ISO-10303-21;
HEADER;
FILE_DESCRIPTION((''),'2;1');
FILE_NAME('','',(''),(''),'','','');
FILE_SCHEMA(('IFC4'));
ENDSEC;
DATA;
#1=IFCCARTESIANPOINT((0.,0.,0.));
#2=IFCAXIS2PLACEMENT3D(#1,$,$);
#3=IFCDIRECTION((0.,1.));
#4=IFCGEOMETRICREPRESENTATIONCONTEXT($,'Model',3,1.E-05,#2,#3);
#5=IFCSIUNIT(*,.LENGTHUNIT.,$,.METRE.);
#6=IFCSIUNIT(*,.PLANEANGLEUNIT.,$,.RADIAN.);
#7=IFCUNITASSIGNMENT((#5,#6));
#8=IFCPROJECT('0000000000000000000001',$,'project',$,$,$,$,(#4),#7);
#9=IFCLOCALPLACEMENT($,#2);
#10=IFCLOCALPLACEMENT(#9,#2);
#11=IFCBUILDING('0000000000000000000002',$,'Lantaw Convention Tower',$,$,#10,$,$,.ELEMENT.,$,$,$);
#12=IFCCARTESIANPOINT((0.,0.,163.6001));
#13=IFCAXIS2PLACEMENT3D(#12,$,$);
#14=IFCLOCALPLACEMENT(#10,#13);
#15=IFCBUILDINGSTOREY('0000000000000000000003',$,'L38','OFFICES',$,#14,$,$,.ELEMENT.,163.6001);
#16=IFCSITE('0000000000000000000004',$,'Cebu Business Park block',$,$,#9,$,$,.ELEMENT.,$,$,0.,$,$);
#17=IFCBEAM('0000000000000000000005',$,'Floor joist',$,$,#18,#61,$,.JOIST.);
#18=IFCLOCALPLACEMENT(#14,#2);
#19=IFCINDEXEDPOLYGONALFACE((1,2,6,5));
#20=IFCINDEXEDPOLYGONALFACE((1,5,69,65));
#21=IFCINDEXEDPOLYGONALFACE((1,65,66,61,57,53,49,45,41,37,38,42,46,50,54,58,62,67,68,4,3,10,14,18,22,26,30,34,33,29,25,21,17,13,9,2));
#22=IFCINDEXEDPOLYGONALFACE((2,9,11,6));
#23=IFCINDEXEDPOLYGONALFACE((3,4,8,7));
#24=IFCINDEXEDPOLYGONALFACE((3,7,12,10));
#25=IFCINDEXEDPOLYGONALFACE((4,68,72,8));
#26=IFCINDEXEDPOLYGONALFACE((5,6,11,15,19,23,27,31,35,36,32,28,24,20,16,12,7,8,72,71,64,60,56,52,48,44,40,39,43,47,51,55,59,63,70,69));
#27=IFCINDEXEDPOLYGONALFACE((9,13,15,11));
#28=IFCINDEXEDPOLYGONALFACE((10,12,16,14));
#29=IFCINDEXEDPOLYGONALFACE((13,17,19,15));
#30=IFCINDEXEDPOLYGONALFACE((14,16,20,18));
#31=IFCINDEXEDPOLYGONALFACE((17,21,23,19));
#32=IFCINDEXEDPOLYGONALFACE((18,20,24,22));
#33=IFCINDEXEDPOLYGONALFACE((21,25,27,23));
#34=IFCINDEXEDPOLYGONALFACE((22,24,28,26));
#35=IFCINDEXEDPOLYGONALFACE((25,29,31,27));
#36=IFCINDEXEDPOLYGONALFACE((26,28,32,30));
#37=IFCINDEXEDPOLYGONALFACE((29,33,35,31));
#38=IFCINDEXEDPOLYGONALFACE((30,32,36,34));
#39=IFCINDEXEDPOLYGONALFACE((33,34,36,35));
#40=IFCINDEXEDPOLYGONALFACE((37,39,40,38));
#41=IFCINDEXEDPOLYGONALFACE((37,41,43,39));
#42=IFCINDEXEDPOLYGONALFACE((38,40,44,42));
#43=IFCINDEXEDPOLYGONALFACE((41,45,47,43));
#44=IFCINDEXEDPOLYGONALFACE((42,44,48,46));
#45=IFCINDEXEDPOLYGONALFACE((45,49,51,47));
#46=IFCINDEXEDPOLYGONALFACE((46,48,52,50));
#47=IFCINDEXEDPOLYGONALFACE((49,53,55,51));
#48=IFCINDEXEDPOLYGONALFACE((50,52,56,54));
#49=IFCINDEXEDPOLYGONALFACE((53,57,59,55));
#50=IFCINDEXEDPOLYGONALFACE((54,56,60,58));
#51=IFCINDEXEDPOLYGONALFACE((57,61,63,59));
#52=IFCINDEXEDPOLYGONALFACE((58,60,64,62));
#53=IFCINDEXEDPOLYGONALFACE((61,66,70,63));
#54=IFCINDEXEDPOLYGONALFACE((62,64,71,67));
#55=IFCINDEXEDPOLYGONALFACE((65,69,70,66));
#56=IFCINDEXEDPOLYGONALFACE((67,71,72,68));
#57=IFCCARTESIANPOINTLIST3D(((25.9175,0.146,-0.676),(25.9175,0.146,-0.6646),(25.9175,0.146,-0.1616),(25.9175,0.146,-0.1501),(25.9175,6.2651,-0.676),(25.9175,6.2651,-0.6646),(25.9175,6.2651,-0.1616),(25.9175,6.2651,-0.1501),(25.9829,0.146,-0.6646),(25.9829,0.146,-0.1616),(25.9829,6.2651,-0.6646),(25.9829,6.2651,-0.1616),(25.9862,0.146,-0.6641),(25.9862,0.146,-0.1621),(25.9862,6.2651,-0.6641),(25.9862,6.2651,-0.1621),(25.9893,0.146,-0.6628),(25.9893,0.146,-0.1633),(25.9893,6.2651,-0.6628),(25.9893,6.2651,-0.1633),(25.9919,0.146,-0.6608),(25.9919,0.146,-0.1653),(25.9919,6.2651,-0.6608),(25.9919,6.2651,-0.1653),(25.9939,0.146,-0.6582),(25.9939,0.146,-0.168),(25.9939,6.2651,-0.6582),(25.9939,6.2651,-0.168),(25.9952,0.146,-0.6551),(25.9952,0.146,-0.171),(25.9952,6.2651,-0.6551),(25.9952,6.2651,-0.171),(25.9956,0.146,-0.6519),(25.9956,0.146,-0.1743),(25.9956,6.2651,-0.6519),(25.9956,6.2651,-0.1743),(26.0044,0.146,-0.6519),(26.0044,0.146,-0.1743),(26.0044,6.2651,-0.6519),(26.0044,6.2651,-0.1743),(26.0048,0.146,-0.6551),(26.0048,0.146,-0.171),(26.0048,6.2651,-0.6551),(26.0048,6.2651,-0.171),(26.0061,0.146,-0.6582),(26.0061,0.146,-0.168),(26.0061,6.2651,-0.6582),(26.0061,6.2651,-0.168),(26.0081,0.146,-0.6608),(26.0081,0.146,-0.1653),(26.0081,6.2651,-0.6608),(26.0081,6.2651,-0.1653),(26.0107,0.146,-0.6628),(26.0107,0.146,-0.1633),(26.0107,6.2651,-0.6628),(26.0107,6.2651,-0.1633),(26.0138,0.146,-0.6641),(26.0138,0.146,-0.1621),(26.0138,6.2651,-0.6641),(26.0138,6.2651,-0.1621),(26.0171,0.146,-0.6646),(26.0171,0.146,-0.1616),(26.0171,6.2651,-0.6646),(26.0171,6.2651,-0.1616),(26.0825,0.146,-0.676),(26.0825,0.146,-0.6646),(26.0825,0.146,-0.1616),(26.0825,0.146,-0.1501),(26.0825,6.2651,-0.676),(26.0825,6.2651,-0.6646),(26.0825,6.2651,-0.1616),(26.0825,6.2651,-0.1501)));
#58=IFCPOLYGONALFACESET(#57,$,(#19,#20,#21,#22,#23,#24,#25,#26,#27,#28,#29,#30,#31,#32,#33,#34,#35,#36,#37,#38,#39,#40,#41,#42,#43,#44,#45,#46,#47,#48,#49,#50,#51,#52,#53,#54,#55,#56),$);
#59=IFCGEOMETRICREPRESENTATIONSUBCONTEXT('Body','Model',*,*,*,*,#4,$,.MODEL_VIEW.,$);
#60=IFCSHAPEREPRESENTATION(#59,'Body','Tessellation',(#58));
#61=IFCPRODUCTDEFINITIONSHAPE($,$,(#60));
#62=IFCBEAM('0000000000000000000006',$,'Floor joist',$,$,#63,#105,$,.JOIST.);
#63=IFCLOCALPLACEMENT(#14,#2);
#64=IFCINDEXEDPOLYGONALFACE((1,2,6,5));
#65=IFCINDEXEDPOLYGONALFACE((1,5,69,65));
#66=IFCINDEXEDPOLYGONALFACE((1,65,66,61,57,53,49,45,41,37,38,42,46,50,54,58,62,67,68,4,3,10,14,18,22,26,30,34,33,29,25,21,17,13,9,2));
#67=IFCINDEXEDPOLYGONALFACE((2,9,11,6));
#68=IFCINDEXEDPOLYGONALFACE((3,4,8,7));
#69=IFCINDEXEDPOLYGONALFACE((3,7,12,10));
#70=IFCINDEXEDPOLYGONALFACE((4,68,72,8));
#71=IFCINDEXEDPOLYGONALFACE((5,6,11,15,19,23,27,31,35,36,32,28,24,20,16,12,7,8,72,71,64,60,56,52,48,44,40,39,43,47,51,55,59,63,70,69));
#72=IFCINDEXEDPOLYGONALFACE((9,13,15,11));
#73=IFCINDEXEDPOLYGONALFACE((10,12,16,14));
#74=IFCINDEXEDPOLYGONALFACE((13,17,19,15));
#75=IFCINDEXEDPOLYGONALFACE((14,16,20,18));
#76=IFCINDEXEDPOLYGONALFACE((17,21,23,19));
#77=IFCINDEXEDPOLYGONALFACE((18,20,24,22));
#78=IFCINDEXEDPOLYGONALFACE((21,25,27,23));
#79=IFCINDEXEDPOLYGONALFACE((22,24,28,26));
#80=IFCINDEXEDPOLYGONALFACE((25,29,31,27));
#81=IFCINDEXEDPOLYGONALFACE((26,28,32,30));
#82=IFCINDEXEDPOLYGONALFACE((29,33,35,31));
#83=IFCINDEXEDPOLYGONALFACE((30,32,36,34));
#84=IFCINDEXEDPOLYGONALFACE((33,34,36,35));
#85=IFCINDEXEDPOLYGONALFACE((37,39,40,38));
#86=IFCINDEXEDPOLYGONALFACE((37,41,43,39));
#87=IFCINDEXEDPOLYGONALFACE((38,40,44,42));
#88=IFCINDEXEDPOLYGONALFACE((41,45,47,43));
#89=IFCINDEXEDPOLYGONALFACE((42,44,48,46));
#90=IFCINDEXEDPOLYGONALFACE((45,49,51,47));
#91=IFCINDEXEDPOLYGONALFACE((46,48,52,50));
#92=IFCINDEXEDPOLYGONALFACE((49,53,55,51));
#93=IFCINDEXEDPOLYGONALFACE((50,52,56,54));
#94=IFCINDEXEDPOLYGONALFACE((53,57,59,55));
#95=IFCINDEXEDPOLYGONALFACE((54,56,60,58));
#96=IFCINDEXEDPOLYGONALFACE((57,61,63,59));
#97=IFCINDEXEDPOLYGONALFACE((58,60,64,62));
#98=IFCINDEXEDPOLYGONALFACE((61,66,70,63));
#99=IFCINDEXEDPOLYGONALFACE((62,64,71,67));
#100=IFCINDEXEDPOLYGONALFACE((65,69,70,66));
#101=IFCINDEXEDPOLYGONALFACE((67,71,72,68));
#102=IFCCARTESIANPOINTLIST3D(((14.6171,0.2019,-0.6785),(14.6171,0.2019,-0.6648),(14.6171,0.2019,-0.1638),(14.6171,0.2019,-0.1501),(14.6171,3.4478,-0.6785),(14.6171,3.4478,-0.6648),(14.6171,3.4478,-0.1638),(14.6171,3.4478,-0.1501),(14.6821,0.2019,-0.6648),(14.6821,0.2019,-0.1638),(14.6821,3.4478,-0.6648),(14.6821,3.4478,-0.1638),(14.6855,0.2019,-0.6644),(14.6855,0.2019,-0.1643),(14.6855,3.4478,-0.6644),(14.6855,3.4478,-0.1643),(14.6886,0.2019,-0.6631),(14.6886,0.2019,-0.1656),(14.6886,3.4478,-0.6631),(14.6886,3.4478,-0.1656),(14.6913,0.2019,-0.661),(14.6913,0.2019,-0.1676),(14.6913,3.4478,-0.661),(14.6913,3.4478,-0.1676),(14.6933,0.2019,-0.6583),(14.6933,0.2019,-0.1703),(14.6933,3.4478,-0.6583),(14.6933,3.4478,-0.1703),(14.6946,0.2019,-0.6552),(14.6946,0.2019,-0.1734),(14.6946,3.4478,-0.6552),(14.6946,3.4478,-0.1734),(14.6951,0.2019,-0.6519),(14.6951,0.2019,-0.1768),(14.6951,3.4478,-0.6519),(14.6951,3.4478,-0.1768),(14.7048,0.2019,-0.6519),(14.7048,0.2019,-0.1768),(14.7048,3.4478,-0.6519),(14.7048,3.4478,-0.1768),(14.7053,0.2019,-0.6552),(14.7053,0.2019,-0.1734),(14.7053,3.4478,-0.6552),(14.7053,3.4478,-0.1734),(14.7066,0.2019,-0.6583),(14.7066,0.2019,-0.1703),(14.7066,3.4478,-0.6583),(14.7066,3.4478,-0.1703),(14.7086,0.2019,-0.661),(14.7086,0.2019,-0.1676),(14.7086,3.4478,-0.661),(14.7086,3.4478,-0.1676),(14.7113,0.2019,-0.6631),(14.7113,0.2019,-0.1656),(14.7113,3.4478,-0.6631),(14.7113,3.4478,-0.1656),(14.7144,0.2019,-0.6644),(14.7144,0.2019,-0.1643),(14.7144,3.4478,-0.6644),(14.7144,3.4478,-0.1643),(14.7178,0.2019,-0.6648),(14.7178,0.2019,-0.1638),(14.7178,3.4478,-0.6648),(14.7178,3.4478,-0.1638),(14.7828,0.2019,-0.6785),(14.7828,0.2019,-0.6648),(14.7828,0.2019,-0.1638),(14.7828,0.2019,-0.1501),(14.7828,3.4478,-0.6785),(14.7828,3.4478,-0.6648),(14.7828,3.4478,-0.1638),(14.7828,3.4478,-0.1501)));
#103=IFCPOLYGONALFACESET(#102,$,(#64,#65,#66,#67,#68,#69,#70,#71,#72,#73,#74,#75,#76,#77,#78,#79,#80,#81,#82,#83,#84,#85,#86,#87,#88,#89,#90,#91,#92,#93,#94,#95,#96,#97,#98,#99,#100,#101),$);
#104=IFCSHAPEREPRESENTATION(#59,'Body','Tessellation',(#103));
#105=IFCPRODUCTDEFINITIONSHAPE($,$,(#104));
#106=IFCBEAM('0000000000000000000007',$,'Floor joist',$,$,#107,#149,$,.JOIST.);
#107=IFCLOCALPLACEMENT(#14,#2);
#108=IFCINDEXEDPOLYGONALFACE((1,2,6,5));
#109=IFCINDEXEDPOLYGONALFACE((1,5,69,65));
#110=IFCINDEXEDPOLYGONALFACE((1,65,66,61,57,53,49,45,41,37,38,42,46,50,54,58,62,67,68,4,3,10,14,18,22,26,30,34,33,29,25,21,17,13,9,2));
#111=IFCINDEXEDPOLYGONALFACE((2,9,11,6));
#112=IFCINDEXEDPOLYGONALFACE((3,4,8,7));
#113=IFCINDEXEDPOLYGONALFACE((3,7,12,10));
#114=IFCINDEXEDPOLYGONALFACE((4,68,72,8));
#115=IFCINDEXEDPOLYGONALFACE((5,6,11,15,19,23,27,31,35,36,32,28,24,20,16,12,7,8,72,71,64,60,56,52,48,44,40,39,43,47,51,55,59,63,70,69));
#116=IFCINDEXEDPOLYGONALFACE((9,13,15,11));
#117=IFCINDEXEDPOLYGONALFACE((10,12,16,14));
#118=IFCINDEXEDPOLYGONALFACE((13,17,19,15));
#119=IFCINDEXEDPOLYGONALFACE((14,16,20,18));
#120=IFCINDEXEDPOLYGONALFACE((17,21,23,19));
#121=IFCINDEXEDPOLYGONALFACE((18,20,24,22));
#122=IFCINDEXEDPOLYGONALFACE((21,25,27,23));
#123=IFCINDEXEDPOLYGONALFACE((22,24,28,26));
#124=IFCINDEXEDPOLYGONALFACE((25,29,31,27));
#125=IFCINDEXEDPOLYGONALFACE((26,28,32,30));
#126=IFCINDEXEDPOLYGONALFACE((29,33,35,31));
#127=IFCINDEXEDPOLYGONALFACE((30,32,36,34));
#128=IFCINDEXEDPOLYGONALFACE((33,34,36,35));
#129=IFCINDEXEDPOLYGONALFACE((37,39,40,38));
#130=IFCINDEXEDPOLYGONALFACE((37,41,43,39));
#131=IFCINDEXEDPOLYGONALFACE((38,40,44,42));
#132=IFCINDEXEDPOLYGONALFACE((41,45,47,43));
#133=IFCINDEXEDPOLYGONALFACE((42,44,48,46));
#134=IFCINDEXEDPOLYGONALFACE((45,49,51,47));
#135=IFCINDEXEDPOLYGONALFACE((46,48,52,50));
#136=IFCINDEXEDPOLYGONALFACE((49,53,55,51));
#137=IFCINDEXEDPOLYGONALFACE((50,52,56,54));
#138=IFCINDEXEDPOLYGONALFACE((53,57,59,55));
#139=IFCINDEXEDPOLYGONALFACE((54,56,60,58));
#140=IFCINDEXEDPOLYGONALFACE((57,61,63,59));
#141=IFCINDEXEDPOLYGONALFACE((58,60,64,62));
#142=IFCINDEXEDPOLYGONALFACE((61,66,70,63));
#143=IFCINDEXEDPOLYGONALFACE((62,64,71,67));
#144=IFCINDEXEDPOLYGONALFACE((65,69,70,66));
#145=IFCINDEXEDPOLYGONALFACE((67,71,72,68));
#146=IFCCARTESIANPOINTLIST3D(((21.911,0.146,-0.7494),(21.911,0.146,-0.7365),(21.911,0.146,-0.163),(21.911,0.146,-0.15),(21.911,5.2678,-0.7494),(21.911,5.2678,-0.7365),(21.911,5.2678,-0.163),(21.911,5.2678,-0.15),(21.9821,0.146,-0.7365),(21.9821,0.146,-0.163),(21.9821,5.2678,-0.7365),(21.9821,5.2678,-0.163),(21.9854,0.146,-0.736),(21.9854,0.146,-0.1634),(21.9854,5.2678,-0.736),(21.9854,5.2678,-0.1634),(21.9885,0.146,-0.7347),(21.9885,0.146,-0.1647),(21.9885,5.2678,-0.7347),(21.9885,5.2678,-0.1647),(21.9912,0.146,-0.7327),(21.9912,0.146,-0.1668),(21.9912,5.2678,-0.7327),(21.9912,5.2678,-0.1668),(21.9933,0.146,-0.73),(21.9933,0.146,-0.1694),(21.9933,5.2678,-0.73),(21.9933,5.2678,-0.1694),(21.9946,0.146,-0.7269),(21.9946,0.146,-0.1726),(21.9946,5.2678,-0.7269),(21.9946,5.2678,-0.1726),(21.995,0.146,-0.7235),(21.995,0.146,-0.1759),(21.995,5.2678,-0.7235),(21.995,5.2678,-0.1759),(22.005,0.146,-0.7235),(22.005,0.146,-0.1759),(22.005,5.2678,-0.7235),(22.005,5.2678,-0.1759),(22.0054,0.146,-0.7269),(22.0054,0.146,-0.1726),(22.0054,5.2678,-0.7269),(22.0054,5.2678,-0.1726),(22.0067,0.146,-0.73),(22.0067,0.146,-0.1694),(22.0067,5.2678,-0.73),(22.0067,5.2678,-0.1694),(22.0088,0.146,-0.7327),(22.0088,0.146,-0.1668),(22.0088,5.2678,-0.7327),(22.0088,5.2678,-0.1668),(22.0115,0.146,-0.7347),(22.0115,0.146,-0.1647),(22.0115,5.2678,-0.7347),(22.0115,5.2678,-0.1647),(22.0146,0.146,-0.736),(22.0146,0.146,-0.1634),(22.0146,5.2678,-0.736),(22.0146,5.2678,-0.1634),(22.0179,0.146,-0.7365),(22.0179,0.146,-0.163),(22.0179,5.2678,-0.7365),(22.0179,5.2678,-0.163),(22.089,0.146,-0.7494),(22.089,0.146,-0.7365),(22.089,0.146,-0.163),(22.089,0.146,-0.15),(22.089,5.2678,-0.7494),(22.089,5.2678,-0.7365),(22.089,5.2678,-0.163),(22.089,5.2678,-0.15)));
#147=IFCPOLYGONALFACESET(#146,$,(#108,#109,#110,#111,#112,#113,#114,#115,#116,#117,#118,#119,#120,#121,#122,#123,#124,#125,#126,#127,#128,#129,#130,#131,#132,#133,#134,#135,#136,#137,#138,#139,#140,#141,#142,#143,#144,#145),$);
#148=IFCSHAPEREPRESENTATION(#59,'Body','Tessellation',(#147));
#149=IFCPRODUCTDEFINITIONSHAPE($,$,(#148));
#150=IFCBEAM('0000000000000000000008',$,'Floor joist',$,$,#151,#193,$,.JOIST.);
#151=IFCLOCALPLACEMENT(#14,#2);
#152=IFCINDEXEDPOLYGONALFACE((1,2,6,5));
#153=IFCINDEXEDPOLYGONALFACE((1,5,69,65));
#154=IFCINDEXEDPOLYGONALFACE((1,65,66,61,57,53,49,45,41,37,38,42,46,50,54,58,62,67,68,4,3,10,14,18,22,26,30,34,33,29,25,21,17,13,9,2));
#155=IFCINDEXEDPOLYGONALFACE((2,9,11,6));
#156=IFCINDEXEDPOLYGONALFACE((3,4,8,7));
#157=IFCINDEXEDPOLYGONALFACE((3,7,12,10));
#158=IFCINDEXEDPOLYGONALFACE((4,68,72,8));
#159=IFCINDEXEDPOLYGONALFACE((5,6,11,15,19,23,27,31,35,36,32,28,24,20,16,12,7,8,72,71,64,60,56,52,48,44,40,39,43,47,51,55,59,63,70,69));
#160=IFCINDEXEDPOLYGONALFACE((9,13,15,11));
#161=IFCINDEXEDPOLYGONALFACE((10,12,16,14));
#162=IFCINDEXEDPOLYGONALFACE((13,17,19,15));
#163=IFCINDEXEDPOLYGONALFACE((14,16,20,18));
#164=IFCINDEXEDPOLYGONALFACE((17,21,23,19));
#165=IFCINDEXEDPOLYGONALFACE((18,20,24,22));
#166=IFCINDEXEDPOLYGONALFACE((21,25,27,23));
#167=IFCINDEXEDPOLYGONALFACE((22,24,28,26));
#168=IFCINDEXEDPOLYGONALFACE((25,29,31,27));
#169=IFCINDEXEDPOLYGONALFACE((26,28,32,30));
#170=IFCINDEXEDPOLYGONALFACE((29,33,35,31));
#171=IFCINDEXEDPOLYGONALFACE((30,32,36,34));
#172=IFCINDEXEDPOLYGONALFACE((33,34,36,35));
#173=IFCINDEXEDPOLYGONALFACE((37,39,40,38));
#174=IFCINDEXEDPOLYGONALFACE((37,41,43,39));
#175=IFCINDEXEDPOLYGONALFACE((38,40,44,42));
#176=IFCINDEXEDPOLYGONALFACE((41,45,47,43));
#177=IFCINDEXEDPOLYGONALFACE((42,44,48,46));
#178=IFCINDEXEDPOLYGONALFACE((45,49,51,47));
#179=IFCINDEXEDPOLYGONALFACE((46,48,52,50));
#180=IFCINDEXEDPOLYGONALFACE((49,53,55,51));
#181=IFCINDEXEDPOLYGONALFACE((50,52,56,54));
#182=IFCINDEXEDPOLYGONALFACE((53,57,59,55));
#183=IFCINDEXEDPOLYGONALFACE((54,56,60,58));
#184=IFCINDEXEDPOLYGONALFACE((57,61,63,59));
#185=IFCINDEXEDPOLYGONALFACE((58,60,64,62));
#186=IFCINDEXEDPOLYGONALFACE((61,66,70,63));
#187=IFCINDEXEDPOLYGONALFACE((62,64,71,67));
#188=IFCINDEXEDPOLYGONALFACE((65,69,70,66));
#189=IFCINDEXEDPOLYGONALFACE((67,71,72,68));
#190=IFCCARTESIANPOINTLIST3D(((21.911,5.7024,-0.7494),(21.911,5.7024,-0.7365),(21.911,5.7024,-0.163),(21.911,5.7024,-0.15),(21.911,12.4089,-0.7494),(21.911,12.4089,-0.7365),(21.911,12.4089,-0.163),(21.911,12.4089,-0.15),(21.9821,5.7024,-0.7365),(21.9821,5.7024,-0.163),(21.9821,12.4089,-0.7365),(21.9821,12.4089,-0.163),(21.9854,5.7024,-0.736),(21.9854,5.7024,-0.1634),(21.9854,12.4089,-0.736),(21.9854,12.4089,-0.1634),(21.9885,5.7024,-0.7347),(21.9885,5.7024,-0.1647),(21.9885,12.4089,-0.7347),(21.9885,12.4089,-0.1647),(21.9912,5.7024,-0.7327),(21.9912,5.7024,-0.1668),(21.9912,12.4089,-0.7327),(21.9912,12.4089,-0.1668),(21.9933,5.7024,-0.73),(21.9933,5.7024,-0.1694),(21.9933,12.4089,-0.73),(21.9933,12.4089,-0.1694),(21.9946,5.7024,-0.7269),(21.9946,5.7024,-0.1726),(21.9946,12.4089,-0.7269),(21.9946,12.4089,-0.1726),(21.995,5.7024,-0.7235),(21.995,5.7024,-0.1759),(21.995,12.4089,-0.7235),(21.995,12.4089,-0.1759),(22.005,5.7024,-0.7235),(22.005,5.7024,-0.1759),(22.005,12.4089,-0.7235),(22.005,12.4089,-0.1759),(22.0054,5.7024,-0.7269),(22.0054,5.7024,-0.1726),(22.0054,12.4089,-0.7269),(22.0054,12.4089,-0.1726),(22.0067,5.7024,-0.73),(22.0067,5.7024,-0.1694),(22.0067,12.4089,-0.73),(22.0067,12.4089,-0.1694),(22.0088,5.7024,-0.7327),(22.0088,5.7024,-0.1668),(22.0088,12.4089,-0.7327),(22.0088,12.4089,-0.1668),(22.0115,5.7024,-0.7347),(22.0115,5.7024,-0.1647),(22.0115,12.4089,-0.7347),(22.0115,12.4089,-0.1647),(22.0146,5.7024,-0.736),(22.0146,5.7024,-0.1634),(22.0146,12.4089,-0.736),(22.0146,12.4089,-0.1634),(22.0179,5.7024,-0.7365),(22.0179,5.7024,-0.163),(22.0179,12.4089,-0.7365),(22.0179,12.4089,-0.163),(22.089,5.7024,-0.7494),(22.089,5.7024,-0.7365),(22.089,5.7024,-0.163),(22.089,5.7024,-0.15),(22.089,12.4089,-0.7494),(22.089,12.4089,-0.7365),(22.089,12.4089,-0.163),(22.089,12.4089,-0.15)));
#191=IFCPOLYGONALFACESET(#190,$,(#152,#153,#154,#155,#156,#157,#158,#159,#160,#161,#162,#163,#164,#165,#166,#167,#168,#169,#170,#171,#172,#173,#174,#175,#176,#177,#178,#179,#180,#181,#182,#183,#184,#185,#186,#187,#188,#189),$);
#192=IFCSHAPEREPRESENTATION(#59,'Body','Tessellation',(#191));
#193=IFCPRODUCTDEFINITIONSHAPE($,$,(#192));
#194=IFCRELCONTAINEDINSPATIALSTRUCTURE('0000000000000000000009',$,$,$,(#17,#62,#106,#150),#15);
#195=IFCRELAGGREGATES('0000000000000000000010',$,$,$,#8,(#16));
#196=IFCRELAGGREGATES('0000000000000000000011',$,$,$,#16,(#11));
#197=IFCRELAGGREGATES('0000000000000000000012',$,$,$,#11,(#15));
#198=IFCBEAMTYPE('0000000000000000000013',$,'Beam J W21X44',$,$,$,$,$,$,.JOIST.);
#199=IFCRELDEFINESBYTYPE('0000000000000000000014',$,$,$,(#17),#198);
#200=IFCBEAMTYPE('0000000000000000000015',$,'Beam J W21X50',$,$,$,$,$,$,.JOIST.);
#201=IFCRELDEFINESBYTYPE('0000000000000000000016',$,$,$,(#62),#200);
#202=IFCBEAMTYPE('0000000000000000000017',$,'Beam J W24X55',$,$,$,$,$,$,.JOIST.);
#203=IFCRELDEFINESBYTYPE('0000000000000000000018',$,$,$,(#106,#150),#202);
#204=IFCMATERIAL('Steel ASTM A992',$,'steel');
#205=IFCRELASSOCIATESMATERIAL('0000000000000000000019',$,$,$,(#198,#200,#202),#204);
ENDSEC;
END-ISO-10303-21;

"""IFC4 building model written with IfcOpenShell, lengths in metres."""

from ifc_helpers import new_model, si_unit, direction, frame, origin, origin_2d, place, context, subcontext, project, spatial, i_section, extrude, material, material_profile, profile_set, type_object, element, save


model = new_model("IFC4")

# Units and contexts
model_context = context("Model", 3, precision=1e-05, world=origin(), true_north=direction((0.0, 1.0)))
body_context = subcontext(model_context, "Body", "Model", "MODEL_VIEW")
ifc_project = project(units=[si_unit("LENGTHUNIT", "METRE"), si_unit("PLANEANGLEUNIT", "RADIAN")], contexts=[model_context])

# Site, building, storey
site_placement = place(None, origin())
site = spatial("IfcSite", under=ifc_project, at=site_placement, Name="Cebu Business Park block", CompositionType="ELEMENT", RefElevation=0.0)
building_placement = place(site_placement, origin())
building = spatial("IfcBuilding", under=site, at=building_placement, Name="Lantaw Convention Tower", CompositionType="ELEMENT")
storey_placement = place(building_placement, frame((0.0, 0.0, 163.6001)))
storey = spatial("IfcBuildingStorey", under=building, at=storey_placement, Name="L38", Description="OFFICES", CompositionType="ELEMENT", Elevation=163.6001)

# Beams
ifc_material_1 = material(Name="Steel ASTM A992", Category="steel")
ifc_material_profile_1 = material_profile(ifc_material_1, i_section(OverallWidth=0.165, OverallDepth=0.5259, WebThickness=0.0088, FlangeThickness=0.0115, FilletRadius=0.0127, at=origin_2d()), Name="W21X44")
ifc_profile_set_1 = profile_set([ifc_material_profile_1], Name="Steel ASTM A992")
beam_type_1 = type_object("IfcBeamType", Name="Beam J W21X44", PredefinedType="JOIST", material=ifc_profile_set_1)
beam_1_placement = place(storey_placement, frame((26.0, 0.146, -0.4131), z_axis=(0.0, 1.0, 0.0), x_axis=(-1.0, 0.0, 0.0)))
element("IfcBeam", 1, at=beam_1_placement, inside=storey, type_object=beam_type_1, Name="Floor joist", PredefinedType="JOIST", context=body_context, shape_type="SweptSolid", body=[
    extrude(i_section(OverallWidth=0.165, OverallDepth=0.5259, WebThickness=0.0088, FlangeThickness=0.0115, FilletRadius=0.0127, at=origin_2d()), origin(), (0.0, 0.0, 1.0), 6.1191),
])
ifc_material_profile_2 = material_profile(ifc_material_1, i_section(OverallWidth=0.1658, OverallDepth=0.5283, WebThickness=0.0098, FlangeThickness=0.0137, FilletRadius=0.0129, at=origin_2d()), Name="W21X50")
ifc_profile_set_2 = profile_set([ifc_material_profile_2], Name="Steel ASTM A992")
beam_type_2 = type_object("IfcBeamType", Name="Beam J W21X50", PredefinedType="JOIST", material=ifc_profile_set_2)
beam_2_placement = place(storey_placement, frame((14.7, 0.2019, -0.4143), z_axis=(0.0, 1.0, 0.0), x_axis=(-1.0, 0.0, 0.0)))
element("IfcBeam", 2, at=beam_2_placement, inside=storey, type_object=beam_type_2, Name="Floor joist", PredefinedType="JOIST", context=body_context, shape_type="SweptSolid", body=[
    extrude(i_section(OverallWidth=0.1658, OverallDepth=0.5283, WebThickness=0.0098, FlangeThickness=0.0137, FilletRadius=0.0129, at=origin_2d()), origin(), (0.0, 0.0, 1.0), 3.2458),
])
ifc_material_profile_3 = material_profile(ifc_material_1, i_section(OverallWidth=0.178, OverallDepth=0.5994, WebThickness=0.01, FlangeThickness=0.0129, FilletRadius=0.0129, at=origin_2d()), Name="W24X55")
ifc_profile_set_3 = profile_set([ifc_material_profile_3], Name="Steel ASTM A992")
beam_type_3 = type_object("IfcBeamType", Name="Beam J W24X55", PredefinedType="JOIST", material=ifc_profile_set_3)
beam_3_placement = place(storey_placement, frame((22.0, 0.146, -0.4497), z_axis=(0.0, 1.0, 0.0), x_axis=(-1.0, 0.0, 0.0)))
element("IfcBeam", 3, at=beam_3_placement, inside=storey, type_object=beam_type_3, Name="Floor joist", PredefinedType="JOIST", context=body_context, shape_type="SweptSolid", body=[
    extrude(i_section(OverallWidth=0.178, OverallDepth=0.5994, WebThickness=0.01, FlangeThickness=0.0129, FilletRadius=0.0129, at=origin_2d()), origin(), (0.0, 0.0, 1.0), 5.1218),
])
beam_4_placement = place(storey_placement, frame((22.0, 5.7024, -0.4497), z_axis=(0.0, 1.0, 0.0), x_axis=(-1.0, 0.0, 0.0)))
element("IfcBeam", 4, at=beam_4_placement, inside=storey, type_object=beam_type_3, Name="Floor joist", PredefinedType="JOIST", context=body_context, shape_type="SweptSolid", body=[
    extrude(i_section(OverallWidth=0.178, OverallDepth=0.5994, WebThickness=0.01, FlangeThickness=0.0129, FilletRadius=0.0129, at=origin_2d()), origin(), (0.0, 0.0, 1.0), 6.7065),
])

save(model, "model.ifc")
